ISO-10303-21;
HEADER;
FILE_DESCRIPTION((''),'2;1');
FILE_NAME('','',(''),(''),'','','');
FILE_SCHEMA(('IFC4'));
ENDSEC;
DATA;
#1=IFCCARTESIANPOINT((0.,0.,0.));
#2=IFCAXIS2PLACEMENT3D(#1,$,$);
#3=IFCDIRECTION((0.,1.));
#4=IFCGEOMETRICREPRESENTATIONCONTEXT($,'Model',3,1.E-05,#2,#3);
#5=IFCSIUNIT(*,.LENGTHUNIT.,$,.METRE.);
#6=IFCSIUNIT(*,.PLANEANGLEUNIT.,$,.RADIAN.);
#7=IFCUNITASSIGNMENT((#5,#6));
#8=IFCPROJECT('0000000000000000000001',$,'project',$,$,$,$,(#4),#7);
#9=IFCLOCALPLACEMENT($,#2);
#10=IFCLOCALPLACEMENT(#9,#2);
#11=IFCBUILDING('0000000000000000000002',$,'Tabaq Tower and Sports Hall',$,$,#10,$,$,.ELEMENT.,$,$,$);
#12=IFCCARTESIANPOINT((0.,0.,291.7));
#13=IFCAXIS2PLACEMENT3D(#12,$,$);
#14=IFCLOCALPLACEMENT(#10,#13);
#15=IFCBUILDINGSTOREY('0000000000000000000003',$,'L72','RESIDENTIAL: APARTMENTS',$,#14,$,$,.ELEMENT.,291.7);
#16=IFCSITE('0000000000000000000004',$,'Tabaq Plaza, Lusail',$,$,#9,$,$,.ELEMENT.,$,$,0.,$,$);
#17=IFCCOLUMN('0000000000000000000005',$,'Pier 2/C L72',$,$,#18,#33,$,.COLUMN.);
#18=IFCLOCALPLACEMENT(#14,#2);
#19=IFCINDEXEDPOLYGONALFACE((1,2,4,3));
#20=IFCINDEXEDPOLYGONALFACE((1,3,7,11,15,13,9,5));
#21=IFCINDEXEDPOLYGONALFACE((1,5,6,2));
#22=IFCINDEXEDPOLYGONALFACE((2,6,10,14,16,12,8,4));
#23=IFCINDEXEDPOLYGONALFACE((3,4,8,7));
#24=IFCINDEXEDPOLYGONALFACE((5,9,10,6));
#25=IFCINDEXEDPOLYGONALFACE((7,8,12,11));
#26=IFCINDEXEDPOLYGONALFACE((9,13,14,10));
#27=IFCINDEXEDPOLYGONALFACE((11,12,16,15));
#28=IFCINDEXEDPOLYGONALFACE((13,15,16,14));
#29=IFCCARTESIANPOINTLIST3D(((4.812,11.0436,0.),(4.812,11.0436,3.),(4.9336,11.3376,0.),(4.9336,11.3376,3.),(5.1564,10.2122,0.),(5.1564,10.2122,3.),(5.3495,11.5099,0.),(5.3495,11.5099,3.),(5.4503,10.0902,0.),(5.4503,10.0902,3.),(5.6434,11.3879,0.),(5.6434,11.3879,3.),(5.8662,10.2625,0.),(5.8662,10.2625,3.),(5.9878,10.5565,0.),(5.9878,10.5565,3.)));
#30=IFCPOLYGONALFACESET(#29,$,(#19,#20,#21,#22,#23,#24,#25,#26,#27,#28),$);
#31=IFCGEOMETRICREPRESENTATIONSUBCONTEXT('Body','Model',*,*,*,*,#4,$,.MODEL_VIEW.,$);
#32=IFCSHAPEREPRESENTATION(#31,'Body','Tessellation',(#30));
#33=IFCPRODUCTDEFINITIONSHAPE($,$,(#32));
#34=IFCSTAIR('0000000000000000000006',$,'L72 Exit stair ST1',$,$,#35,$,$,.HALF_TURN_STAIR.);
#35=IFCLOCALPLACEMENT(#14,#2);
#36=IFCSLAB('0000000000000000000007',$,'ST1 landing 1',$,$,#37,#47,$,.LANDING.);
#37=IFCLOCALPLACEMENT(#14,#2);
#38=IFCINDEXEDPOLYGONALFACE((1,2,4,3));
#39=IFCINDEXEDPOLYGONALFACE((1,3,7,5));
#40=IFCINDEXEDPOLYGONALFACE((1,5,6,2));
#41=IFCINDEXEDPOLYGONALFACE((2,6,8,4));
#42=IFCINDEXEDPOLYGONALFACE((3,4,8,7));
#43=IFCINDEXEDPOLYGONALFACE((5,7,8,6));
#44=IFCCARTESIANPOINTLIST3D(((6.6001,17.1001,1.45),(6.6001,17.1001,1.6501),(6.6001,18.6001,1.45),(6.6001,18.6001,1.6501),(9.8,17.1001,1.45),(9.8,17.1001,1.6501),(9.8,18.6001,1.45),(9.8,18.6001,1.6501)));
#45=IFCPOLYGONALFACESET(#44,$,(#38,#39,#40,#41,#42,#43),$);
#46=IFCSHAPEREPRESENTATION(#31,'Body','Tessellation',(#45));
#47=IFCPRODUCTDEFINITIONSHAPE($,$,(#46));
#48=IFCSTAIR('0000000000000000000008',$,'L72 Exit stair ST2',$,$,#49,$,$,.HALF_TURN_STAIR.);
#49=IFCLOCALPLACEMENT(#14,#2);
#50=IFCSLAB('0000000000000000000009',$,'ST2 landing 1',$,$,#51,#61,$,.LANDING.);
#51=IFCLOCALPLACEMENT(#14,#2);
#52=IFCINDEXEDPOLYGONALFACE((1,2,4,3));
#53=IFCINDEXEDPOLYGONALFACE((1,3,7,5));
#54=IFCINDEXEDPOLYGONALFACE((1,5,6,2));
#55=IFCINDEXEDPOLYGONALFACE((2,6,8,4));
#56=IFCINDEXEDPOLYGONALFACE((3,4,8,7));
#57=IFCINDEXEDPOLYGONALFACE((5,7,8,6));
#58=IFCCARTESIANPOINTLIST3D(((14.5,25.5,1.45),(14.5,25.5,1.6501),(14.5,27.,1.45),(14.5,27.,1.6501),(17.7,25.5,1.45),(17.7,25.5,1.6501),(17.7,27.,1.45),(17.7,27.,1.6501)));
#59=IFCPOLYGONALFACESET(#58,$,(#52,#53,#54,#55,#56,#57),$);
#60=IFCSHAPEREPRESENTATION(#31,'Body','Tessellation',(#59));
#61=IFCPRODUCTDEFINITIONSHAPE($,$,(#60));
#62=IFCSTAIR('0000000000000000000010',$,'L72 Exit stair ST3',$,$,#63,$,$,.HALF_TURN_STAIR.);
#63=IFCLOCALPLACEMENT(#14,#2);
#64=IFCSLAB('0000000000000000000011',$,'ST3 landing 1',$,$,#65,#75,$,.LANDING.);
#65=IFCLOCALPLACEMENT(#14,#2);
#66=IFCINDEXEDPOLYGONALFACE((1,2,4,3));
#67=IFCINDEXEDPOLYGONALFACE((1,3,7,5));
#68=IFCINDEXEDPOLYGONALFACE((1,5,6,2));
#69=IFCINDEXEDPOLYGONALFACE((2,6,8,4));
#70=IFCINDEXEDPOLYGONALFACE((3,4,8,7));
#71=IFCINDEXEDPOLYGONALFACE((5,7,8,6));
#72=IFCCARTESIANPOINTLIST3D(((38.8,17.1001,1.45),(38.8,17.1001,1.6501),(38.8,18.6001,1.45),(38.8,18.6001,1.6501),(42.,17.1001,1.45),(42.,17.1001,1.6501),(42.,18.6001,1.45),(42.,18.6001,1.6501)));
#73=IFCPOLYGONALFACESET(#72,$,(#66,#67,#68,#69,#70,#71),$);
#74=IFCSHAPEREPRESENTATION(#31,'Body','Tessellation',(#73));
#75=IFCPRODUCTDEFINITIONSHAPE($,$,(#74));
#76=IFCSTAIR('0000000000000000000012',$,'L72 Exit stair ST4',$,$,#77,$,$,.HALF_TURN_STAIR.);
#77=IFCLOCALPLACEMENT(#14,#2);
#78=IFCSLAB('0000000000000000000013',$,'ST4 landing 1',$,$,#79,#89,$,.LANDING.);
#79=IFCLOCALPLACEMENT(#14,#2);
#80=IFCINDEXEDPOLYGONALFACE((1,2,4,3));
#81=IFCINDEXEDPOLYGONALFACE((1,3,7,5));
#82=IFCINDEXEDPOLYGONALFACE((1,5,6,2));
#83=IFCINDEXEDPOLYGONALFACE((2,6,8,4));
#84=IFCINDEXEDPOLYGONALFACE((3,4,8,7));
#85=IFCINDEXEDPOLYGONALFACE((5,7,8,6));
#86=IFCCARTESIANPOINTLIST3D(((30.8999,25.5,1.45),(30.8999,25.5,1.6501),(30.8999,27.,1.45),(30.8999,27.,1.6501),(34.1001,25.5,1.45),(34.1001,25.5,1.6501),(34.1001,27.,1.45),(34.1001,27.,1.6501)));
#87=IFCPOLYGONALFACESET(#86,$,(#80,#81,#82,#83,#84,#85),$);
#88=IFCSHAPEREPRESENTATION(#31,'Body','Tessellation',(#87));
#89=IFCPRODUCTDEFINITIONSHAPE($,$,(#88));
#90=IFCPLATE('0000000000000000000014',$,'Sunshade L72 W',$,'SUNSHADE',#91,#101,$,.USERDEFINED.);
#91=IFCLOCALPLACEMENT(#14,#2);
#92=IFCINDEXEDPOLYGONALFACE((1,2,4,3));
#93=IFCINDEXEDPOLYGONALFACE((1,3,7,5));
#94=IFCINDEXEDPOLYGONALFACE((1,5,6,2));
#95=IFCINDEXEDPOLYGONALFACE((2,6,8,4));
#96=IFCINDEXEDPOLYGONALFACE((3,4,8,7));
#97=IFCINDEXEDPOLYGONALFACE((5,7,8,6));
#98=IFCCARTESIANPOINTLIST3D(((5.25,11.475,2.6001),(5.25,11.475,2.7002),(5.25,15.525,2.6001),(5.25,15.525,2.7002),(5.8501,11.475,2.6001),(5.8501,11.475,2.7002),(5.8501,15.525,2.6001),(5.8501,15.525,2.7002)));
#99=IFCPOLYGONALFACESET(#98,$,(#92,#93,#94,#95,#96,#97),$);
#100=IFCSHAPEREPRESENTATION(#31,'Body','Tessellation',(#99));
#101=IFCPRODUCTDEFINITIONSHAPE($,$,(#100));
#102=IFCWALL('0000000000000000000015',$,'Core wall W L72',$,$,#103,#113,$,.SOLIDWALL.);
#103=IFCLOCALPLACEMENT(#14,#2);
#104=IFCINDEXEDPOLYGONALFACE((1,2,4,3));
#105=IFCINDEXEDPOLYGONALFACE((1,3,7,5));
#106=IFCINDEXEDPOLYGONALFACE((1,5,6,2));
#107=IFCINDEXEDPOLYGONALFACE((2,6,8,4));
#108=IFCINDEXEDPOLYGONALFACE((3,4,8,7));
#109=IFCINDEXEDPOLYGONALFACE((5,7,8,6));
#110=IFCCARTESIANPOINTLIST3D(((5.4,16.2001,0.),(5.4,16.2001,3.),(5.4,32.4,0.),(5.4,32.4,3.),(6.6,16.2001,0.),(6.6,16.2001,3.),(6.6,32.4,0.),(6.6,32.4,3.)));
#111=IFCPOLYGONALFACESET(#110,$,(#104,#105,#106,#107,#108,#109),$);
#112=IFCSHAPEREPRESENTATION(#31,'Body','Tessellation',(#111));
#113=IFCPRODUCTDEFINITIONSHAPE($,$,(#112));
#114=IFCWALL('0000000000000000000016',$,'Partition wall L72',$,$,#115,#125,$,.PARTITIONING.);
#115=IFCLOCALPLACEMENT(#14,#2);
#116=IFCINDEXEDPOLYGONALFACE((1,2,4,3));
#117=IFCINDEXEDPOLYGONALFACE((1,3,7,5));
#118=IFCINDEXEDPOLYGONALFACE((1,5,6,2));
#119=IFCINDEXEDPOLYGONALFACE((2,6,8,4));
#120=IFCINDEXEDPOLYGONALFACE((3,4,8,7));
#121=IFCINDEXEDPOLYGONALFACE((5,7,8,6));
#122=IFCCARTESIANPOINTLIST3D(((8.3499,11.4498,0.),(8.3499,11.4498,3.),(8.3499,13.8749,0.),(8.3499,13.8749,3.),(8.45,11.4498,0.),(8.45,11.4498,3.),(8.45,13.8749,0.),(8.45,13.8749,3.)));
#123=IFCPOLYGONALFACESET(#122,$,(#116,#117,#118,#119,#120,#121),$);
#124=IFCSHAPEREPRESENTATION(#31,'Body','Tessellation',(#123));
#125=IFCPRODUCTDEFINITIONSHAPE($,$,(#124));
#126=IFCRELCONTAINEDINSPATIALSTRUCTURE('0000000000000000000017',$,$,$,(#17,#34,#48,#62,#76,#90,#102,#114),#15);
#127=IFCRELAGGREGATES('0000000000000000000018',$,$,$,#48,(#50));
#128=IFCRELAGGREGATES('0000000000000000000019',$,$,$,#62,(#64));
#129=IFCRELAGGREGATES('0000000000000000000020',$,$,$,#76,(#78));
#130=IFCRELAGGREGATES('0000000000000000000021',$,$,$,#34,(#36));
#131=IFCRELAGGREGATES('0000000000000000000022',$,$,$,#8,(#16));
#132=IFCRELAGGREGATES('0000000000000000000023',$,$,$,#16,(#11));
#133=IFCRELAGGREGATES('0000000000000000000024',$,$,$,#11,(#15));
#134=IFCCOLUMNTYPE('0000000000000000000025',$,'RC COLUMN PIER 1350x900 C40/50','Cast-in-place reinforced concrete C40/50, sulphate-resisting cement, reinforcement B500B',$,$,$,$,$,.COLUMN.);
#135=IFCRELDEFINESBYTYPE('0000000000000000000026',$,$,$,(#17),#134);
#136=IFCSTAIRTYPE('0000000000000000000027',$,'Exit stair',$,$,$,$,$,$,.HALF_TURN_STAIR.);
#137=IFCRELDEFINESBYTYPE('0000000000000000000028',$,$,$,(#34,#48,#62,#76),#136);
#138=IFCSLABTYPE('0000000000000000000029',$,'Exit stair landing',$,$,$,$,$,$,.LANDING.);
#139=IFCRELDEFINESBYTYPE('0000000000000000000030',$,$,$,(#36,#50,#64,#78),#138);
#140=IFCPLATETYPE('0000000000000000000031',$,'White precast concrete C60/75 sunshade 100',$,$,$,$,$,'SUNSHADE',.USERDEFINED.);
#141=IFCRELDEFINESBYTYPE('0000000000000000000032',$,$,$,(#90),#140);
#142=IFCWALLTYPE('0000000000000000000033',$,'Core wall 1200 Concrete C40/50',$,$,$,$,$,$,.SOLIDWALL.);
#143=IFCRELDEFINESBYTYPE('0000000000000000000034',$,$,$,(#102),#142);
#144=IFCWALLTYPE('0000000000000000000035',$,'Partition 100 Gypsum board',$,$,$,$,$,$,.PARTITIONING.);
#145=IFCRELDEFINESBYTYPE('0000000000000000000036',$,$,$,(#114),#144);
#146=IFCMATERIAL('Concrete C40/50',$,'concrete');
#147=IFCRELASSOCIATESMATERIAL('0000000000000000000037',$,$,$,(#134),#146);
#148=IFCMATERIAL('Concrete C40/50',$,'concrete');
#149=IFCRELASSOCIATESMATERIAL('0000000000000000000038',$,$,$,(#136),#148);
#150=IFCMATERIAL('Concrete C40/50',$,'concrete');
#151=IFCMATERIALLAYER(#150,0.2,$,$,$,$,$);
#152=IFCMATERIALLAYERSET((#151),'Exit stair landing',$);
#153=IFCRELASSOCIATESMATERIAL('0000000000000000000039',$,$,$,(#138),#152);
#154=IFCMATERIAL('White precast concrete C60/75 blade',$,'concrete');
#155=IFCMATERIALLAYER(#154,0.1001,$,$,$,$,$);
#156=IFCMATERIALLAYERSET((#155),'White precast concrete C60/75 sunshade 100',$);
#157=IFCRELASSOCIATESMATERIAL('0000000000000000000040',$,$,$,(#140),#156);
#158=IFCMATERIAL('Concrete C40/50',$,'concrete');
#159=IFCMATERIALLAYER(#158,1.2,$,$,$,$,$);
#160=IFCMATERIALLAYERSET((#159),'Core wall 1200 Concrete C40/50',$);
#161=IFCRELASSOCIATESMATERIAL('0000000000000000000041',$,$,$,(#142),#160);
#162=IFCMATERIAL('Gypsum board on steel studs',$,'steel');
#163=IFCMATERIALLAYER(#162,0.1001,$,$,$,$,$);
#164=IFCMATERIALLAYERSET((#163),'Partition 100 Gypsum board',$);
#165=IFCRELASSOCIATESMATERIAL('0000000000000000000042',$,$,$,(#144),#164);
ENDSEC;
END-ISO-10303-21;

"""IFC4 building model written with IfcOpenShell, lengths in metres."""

from ifc_helpers import new_model, si_unit, direction, frame, frame_2d, origin, origin_2d, place, context, subcontext, project, spatial, polyline, rectangle, outline, extrude, material, layer, layer_set, material_profile, profile_set, type_object, element, aggregate, save


model = new_model("IFC4")

# Units and contexts
model_context = context("Model", 3, precision=1e-05, world=origin(), true_north=direction((0.0, 1.0)))
body_context = subcontext(model_context, "Body", "Model", "MODEL_VIEW")
ifc_project = project(units=[si_unit("LENGTHUNIT", "METRE"), si_unit("PLANEANGLEUNIT", "RADIAN")], contexts=[model_context])

# Site, building, storey
site_placement = place(None, origin())
site = spatial("IfcSite", under=ifc_project, at=site_placement, Name="Tabaq Plaza, Lusail", CompositionType="ELEMENT", RefElevation=0.0)
building_placement = place(site_placement, origin())
building = spatial("IfcBuilding", under=site, at=building_placement, Name="Tabaq Tower and Sports Hall", CompositionType="ELEMENT")
storey_placement = place(building_placement, frame((0.0, 0.0, 291.7)))
storey = spatial("IfcBuildingStorey", under=building, at=storey_placement, Name="L72", Description="RESIDENTIAL: APARTMENTS", CompositionType="ELEMENT", Elevation=291.7)

# Column
ifc_material_1 = material(Name="Concrete C40/50", Category="concrete")
ifc_material_profile = material_profile(ifc_material_1, outline(polyline([(-0.45, -0.45), (0.45, -0.45), (0.675, -0.2251), (0.675, 0.2251), (0.45, 0.45), (-0.45, 0.45), (-0.675, 0.2251), (-0.675, -0.2251), (-0.45, -0.45)])), Name="PIER 1350x900")
ifc_profile_set = profile_set([ifc_material_profile], Name="Concrete C40/50")
column_type = type_object("IfcColumnType", Name="RC COLUMN PIER 1350x900 C40/50", Description="Cast-in-place reinforced concrete C40/50, sulphate-resisting cement, reinforcement B500B", PredefinedType="COLUMN", material=ifc_profile_set)
column_placement = place(storey_placement, frame((5.3999, 10.8, 0.0), z_axis=(0.0, 0.0, 1.0), x_axis=(-0.382683, 0.92388, 0.0)))
element("IfcColumn", 1, at=column_placement, inside=storey, type_object=column_type, Name="Pier 2/C L72", PredefinedType="COLUMN", context=body_context, shape_type="SweptSolid", body=[
    extrude(outline(polyline([(-0.45, -0.45), (0.45, -0.45), (0.675, -0.2251), (0.675, 0.2251), (0.45, 0.45), (-0.45, 0.45), (-0.675, 0.2251), (-0.675, -0.2251), (-0.45, -0.45)])), origin(), (0.0, 0.0, 1.0), 3.0),
])

# Stairs, slabs
ifc_material_2 = material(Name="Concrete C40/50", Category="concrete")
stair_type = type_object("IfcStairType", Name="Exit stair", PredefinedType="HALF_TURN_STAIR", material=ifc_material_2)
stair_1_placement = place(storey_placement, origin())
stair_1 = element("IfcStair", 2, at=stair_1_placement, inside=storey, type_object=stair_type, Name="L72 Exit stair ST1", PredefinedType="HALF_TURN_STAIR")
ifc_material_3 = material(Name="Concrete C40/50", Category="concrete")
ifc_layer_1 = layer(ifc_material_3, 0.2)
ifc_layer_set_1 = layer_set([ifc_layer_1], Name="Exit stair landing")
slab_type = type_object("IfcSlabType", Name="Exit stair landing", PredefinedType="LANDING", material=ifc_layer_set_1)
slab_1_placement = place(storey_placement, frame((0.0, 0.0, 1.45)))
slab_1 = element("IfcSlab", 3, at=slab_1_placement, type_object=slab_type, Name="ST1 landing 1", PredefinedType="LANDING", context=body_context, shape_type="SweptSolid", body=[
    extrude(outline(polyline([(6.6001, 18.6001), (6.6001, 17.1001), (9.8, 17.1001), (9.8, 18.6001), (6.6001, 18.6001)])), origin(), (0.0, 0.0, 1.0), 0.2002),
])
stair_2_placement = place(storey_placement, origin())
stair_2 = element("IfcStair", 4, at=stair_2_placement, inside=storey, type_object=stair_type, Name="L72 Exit stair ST2", PredefinedType="HALF_TURN_STAIR")
slab_2_placement = place(storey_placement, frame((0.0, 0.0, 1.45)))
slab_2 = element("IfcSlab", 5, at=slab_2_placement, type_object=slab_type, Name="ST2 landing 1", PredefinedType="LANDING", context=body_context, shape_type="SweptSolid", body=[
    extrude(outline(polyline([(14.5, 27.0), (14.5, 25.5), (17.7, 25.5), (17.7, 27.0), (14.5, 27.0)])), origin(), (0.0, 0.0, 1.0), 0.2002),
])
aggregate(stair_2, [slab_2])
stair_3_placement = place(storey_placement, origin())
stair_3 = element("IfcStair", 6, at=stair_3_placement, inside=storey, type_object=stair_type, Name="L72 Exit stair ST3", PredefinedType="HALF_TURN_STAIR")
slab_3_placement = place(storey_placement, frame((0.0, 0.0, 1.45)))
slab_3 = element("IfcSlab", 7, at=slab_3_placement, type_object=slab_type, Name="ST3 landing 1", PredefinedType="LANDING", context=body_context, shape_type="SweptSolid", body=[
    extrude(outline(polyline([(38.8, 18.6001), (38.8, 17.1001), (42.0, 17.1001), (42.0, 18.6001), (38.8, 18.6001)])), origin(), (0.0, 0.0, 1.0), 0.2002),
])
aggregate(stair_3, [slab_3])
stair_4_placement = place(storey_placement, origin())
stair_4 = element("IfcStair", 8, at=stair_4_placement, inside=storey, type_object=stair_type, Name="L72 Exit stair ST4", PredefinedType="HALF_TURN_STAIR")
slab_4_placement = place(storey_placement, frame((0.0, 0.0, 1.45)))
slab_4 = element("IfcSlab", 9, at=slab_4_placement, type_object=slab_type, Name="ST4 landing 1", PredefinedType="LANDING", context=body_context, shape_type="SweptSolid", body=[
    extrude(outline(polyline([(30.8999, 27.0), (30.8999, 25.5), (34.1001, 25.5), (34.1001, 27.0), (30.8999, 27.0)])), origin(), (0.0, 0.0, 1.0), 0.2002),
])
aggregate(stair_4, [slab_4])

# Plate
ifc_material_4 = material(Name="White precast concrete C60/75 blade", Category="concrete")
ifc_layer_2 = layer(ifc_material_4, 0.1001)
ifc_layer_set_2 = layer_set([ifc_layer_2], Name="White precast concrete C60/75 sunshade 100")
plate_type = type_object("IfcPlateType", Name="White precast concrete C60/75 sunshade 100", ElementType="SUNSHADE", PredefinedType="USERDEFINED", material=ifc_layer_set_2)
plate_placement = place(storey_placement, frame((5.55, 13.5, 2.6001), z_axis=(0.0, 0.0, 1.0), x_axis=(0.0, -1.0, 0.0)))
element("IfcPlate", 10, at=plate_placement, inside=storey, type_object=plate_type, Name="Sunshade L72 W", ObjectType="SUNSHADE", PredefinedType="USERDEFINED", context=body_context, shape_type="SweptSolid", body=[
    extrude(rectangle(XDim=4.05, YDim=0.6001, at=origin_2d()), origin(), (0.0, 0.0, 1.0), 0.1001),
])

# Walls
ifc_material_5 = material(Name="Concrete C40/50", Category="concrete")
ifc_layer_3 = layer(ifc_material_5, 1.2)
ifc_layer_set_3 = layer_set([ifc_layer_3], Name="Core wall 1200 Concrete C40/50")
wall_type_1 = type_object("IfcWallType", Name="Core wall 1200 Concrete C40/50", PredefinedType="SOLIDWALL", material=ifc_layer_set_3)
wall_1_placement = place(storey_placement, frame((6.0, 16.2, 0.0), z_axis=(0.0, 0.0, 1.0), x_axis=(0.0, 1.0, 0.0)))
element("IfcWall", 11, at=wall_1_placement, inside=storey, type_object=wall_type_1, Name="Core wall W L72", PredefinedType="SOLIDWALL", context=body_context, shape_type="SweptSolid", body=[
    extrude(rectangle(XDim=16.2, YDim=1.2, at=frame_2d((8.1001, 0.0))), origin(), (0.0, 0.0, 1.0), 3.0),
])
ifc_material_6 = material(Name="Gypsum board on steel studs", Category="steel")
ifc_layer_4 = layer(ifc_material_6, 0.1001)
ifc_layer_set_4 = layer_set([ifc_layer_4], Name="Partition 100 Gypsum board")
wall_type_2 = type_object("IfcWallType", Name="Partition 100 Gypsum board", PredefinedType="PARTITIONING", material=ifc_layer_set_4)
wall_2_placement = place(storey_placement, frame((8.3999, 11.45, 0.0), z_axis=(0.0, 0.0, 1.0), x_axis=(0.0, 1.0, 0.0)))
element("IfcWall", 12, at=wall_2_placement, inside=storey, type_object=wall_type_2, Name="Partition wall L72", PredefinedType="PARTITIONING", context=body_context, shape_type="SweptSolid", body=[
    extrude(rectangle(XDim=2.425, YDim=0.1001, at=frame_2d((1.2124, 0.0))), origin(), (0.0, 0.0, 1.0), 3.0),
])

aggregate(stair_1, [slab_1])

save(model, "model.ifc")
